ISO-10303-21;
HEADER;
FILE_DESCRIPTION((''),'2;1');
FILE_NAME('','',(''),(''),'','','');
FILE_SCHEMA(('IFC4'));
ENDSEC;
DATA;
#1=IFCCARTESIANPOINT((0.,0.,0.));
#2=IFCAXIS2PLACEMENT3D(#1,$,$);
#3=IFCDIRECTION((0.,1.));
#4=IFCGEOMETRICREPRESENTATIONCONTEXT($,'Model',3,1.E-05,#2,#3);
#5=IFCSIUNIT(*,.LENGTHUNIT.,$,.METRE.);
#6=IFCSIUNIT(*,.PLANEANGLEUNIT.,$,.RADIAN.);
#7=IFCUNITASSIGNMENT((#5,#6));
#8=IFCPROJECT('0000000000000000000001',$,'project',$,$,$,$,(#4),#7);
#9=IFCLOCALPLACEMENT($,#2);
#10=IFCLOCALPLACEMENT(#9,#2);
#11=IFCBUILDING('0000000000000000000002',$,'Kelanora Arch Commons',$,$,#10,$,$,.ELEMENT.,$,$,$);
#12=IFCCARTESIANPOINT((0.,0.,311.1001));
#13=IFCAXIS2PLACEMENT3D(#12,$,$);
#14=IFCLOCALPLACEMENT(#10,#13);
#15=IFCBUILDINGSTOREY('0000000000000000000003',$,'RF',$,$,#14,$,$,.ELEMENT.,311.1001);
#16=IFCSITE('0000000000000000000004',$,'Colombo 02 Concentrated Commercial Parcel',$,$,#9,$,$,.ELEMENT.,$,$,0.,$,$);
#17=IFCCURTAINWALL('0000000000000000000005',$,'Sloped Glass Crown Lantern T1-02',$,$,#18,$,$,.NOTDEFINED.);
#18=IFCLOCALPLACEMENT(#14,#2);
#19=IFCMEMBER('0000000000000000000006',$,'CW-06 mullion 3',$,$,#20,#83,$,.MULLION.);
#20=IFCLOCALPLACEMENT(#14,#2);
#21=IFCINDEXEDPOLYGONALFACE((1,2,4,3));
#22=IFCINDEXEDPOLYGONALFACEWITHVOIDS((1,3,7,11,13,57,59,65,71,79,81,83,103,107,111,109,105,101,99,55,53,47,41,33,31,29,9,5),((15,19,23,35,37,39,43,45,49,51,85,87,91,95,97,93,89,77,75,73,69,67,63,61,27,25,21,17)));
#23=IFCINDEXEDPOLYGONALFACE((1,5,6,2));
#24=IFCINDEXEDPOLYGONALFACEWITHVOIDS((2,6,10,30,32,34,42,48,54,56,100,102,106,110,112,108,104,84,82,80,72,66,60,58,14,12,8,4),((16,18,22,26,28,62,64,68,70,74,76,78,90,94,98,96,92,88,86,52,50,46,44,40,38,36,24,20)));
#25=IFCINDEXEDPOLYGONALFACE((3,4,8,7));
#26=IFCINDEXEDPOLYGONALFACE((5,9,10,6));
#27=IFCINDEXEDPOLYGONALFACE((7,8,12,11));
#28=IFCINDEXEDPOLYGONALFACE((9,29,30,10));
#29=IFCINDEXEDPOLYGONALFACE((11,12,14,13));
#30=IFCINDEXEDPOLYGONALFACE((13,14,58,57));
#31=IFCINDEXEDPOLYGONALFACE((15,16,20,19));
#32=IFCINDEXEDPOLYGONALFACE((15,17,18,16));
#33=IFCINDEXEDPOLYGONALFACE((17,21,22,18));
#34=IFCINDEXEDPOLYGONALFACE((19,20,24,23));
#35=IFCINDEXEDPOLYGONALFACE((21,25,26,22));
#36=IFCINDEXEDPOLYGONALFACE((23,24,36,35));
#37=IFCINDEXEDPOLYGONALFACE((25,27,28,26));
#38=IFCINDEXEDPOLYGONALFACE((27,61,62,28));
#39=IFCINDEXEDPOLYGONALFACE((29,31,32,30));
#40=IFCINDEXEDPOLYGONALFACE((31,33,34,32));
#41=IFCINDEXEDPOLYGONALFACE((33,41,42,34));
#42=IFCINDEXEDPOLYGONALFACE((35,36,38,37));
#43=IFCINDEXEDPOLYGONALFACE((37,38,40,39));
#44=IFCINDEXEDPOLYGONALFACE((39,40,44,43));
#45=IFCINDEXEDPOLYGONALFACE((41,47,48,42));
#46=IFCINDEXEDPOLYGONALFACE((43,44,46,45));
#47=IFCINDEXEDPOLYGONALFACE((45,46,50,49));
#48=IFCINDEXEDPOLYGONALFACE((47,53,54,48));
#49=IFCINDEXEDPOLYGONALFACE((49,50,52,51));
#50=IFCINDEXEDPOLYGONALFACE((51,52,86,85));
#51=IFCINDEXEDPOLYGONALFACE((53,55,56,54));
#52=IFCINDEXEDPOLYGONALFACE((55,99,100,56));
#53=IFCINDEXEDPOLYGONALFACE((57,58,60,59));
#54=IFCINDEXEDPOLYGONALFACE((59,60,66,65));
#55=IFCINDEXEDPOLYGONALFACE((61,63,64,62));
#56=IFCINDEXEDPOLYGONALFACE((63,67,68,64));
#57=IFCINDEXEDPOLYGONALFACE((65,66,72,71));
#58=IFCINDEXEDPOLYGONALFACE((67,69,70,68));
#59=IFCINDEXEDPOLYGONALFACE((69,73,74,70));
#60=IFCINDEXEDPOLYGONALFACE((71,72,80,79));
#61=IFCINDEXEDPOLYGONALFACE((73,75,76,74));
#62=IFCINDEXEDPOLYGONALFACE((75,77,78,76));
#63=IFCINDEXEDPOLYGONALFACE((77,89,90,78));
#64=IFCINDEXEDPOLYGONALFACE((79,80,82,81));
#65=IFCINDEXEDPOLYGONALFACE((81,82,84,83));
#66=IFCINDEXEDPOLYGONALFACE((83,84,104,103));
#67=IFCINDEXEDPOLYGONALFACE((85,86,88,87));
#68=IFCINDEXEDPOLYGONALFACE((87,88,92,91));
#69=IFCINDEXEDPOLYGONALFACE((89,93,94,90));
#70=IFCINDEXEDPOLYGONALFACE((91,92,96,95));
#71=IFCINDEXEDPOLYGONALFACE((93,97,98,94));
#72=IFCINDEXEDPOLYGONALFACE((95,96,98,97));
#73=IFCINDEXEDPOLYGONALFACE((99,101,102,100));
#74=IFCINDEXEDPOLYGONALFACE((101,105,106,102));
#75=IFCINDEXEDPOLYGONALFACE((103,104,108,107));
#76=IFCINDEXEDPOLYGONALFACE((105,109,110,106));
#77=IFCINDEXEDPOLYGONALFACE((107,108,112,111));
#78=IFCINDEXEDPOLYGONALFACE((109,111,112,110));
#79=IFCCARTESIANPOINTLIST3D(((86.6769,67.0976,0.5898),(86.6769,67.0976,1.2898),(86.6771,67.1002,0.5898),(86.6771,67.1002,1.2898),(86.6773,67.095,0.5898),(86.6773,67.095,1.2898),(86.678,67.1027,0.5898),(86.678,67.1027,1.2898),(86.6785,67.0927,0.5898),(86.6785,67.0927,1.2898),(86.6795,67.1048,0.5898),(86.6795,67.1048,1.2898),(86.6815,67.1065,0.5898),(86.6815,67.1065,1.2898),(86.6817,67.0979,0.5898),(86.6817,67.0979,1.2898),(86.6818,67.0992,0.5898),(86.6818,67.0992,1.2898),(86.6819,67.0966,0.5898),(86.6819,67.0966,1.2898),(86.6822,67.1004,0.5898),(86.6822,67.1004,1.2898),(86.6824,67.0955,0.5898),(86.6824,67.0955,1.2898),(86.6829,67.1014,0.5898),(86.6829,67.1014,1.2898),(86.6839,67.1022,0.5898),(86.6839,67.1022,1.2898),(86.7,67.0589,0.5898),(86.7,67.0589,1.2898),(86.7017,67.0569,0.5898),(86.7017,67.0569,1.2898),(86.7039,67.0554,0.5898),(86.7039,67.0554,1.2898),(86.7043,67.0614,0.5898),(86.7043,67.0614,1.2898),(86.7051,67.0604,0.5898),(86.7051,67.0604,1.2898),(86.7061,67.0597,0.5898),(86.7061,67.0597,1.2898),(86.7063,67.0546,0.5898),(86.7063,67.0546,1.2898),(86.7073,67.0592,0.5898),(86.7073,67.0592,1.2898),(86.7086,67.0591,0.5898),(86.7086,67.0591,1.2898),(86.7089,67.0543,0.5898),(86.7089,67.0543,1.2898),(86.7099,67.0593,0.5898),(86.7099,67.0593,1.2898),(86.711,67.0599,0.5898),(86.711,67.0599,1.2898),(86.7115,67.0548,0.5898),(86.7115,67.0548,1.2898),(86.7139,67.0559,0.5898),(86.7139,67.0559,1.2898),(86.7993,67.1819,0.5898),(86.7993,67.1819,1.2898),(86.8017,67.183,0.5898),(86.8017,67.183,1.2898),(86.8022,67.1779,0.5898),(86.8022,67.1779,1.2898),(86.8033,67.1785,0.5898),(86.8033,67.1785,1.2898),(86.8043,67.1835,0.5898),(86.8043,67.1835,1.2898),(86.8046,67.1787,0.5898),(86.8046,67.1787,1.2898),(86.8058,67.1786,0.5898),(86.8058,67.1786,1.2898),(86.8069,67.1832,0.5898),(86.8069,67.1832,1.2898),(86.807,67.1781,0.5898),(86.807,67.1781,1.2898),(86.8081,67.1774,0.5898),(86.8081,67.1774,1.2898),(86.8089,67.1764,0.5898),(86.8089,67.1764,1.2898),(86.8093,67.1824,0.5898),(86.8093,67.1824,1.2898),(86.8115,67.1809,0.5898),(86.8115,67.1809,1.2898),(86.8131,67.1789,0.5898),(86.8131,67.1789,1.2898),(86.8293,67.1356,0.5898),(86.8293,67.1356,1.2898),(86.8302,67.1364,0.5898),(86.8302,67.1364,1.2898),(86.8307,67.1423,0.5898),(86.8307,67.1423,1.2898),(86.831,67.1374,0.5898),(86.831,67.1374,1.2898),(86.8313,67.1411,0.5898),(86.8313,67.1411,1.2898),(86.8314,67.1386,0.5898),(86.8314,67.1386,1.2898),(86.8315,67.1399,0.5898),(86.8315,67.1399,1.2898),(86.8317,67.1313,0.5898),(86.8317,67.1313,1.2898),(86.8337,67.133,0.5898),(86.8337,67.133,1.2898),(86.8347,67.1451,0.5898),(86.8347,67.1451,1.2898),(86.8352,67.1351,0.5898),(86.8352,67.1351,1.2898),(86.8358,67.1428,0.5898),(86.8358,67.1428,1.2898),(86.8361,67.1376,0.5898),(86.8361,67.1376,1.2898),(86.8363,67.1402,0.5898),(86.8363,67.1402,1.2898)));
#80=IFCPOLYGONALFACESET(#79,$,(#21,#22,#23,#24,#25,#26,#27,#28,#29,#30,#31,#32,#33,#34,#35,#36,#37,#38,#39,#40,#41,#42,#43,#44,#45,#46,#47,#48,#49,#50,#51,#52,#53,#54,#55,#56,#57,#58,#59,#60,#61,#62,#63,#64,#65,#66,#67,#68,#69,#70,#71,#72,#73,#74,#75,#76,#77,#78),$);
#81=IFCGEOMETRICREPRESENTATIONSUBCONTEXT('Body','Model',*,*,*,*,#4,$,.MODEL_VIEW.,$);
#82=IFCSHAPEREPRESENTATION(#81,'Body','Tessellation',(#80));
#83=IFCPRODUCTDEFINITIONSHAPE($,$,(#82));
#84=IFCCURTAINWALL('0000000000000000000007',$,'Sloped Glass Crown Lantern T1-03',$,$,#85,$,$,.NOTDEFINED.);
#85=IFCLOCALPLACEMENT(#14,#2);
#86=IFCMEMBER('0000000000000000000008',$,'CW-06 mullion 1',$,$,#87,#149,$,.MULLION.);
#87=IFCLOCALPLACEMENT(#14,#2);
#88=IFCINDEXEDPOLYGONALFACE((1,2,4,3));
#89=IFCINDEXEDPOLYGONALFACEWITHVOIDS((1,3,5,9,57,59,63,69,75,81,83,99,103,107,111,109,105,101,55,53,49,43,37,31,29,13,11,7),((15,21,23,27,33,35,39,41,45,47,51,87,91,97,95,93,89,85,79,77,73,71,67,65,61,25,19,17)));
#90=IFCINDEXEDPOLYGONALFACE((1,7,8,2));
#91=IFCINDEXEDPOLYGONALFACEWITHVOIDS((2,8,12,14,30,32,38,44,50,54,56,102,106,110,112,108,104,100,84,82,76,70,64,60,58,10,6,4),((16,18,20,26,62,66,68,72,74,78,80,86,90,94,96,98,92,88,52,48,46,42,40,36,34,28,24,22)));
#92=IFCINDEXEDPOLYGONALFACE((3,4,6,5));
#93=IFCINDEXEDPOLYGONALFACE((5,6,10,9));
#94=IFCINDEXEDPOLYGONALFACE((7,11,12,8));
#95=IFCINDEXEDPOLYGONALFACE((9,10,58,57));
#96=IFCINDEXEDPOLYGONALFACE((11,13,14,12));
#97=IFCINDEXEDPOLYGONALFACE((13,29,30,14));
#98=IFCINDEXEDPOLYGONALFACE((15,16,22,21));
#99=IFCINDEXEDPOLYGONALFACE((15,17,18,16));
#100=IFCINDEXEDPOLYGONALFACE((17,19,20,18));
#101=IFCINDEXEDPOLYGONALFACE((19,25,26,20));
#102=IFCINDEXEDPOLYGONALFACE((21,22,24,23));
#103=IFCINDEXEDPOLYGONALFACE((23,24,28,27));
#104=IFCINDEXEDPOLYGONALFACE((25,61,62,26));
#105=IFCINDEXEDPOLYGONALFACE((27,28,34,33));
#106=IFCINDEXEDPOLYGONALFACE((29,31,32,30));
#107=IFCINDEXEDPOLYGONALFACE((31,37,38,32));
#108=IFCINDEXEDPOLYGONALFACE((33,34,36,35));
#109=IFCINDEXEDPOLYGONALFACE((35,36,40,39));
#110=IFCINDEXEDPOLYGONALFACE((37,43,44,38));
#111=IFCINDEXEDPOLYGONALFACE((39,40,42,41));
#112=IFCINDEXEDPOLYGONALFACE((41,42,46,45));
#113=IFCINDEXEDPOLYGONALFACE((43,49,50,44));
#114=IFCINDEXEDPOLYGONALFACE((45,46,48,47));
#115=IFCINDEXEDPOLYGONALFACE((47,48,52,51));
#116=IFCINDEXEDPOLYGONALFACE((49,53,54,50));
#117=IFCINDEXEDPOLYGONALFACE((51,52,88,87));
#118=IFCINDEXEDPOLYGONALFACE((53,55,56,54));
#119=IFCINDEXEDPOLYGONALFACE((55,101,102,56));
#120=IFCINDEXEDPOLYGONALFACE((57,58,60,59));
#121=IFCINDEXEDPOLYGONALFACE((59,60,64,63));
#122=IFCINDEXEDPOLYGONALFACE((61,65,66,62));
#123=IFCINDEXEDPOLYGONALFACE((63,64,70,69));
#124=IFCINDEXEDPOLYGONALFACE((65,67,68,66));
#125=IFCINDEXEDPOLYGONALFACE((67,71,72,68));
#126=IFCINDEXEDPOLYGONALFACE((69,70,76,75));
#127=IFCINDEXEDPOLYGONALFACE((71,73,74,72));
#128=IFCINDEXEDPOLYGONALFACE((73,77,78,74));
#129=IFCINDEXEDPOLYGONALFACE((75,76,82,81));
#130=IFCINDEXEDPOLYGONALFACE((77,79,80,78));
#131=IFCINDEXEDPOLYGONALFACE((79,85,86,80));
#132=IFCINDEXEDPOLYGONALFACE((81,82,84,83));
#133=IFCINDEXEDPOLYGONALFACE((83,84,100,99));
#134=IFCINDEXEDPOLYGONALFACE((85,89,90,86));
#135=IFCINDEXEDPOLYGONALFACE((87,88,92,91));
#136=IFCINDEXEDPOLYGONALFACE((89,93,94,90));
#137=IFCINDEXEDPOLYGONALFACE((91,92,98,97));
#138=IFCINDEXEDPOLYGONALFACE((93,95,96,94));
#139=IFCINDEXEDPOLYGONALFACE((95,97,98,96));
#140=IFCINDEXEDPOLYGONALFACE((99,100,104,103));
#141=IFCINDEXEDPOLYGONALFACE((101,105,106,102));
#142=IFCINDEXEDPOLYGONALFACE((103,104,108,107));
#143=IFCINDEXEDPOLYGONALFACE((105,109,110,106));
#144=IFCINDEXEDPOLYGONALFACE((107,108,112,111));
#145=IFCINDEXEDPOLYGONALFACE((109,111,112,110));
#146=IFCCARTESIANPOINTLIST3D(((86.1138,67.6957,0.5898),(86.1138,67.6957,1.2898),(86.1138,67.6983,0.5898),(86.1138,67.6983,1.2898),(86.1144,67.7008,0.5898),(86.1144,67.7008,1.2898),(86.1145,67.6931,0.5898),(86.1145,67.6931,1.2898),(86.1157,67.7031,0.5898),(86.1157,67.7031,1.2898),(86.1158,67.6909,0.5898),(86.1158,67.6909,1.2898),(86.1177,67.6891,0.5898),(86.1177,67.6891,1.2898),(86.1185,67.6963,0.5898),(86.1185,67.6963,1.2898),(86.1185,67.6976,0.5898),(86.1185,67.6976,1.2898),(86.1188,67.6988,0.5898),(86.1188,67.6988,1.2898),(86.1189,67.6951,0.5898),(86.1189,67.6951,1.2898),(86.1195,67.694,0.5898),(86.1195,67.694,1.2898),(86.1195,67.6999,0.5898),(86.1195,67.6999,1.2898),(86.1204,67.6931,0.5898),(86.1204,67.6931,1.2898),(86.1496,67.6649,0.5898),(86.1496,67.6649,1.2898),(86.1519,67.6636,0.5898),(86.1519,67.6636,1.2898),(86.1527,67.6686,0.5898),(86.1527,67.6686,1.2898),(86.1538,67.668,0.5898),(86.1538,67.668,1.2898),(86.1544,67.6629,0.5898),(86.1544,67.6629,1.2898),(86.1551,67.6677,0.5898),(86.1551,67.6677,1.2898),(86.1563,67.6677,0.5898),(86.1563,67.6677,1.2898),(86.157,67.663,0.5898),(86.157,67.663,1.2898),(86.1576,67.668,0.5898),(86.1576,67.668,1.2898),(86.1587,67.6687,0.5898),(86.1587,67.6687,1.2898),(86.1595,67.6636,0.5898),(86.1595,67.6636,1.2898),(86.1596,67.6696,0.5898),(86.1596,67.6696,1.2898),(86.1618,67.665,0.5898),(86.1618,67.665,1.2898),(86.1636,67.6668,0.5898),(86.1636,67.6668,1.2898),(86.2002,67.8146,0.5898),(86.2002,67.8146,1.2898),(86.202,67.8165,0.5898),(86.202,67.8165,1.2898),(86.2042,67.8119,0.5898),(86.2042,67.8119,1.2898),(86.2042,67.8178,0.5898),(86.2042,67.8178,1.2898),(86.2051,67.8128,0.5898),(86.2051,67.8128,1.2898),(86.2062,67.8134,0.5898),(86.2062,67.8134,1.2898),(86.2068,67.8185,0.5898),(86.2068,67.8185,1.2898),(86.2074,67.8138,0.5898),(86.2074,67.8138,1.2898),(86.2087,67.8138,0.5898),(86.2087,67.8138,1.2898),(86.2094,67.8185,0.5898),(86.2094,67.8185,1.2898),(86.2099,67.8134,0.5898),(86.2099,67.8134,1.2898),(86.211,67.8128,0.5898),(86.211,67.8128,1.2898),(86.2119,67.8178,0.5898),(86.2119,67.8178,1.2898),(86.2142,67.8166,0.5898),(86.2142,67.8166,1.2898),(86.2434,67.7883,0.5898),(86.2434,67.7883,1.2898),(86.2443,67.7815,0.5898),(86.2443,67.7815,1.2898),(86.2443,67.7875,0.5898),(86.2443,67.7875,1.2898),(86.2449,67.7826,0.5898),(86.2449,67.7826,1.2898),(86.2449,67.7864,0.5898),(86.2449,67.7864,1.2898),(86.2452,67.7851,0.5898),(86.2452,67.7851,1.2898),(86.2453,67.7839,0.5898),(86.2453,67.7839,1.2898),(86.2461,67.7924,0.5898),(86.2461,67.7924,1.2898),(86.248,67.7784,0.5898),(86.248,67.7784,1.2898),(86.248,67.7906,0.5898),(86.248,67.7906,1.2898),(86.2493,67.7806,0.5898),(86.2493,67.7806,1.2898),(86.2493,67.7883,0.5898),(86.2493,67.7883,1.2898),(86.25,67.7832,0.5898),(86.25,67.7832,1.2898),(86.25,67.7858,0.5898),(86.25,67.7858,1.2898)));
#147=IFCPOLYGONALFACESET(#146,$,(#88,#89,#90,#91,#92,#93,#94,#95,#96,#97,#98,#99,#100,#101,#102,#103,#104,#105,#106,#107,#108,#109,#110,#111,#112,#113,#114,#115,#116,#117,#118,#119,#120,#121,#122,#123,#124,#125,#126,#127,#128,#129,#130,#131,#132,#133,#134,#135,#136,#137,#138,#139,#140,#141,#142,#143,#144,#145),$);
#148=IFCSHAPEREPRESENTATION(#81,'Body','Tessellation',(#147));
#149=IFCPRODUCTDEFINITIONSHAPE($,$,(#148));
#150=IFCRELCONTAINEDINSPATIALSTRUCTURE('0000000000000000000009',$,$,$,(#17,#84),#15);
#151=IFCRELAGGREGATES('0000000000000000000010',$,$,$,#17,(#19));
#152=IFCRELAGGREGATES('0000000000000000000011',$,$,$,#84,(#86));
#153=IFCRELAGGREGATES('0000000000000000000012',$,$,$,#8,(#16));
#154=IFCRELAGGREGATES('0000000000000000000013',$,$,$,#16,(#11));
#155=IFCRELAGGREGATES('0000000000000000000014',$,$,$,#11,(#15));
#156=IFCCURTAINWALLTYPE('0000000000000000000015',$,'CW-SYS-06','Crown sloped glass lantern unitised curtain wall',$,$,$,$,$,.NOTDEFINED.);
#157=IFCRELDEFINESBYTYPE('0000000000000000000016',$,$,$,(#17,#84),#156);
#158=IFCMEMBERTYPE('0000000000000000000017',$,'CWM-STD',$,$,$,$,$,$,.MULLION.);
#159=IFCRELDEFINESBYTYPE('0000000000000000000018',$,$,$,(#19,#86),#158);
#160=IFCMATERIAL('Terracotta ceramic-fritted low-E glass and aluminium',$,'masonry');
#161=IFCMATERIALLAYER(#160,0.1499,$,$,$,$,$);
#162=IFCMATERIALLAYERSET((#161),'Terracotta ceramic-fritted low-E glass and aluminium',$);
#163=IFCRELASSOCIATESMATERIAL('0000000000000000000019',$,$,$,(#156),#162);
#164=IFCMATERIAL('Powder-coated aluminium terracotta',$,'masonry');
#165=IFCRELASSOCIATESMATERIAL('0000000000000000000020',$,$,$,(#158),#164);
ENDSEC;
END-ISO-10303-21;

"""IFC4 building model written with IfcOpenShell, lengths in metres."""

from ifc_helpers import new_model, si_unit, direction, frame, origin, origin_2d, place, context, subcontext, project, spatial, hollow_rectangle, extrude, material, layer, layer_set, material_profile, profile_set, type_object, element, aggregate, save


model = new_model("IFC4")

# Units and contexts
model_context = context("Model", 3, precision=1e-05, world=origin(), true_north=direction((0.0, 1.0)))
body_context = subcontext(model_context, "Body", "Model", "MODEL_VIEW")
ifc_project = project(units=[si_unit("LENGTHUNIT", "METRE"), si_unit("PLANEANGLEUNIT", "RADIAN")], contexts=[model_context])

# Site, building, storey
site_placement = place(None, origin())
site = spatial("IfcSite", under=ifc_project, at=site_placement, Name="Colombo 02 Concentrated Commercial Parcel", CompositionType="ELEMENT", RefElevation=0.0)
building_placement = place(site_placement, origin())
building = spatial("IfcBuilding", under=site, at=building_placement, Name="Kelanora Arch Commons", CompositionType="ELEMENT")
storey_placement = place(building_placement, frame((0.0, 0.0, 311.1001)))
storey = spatial("IfcBuildingStorey", under=building, at=storey_placement, Name="RF", CompositionType="ELEMENT", Elevation=311.1001)

# Curtain walls, members
ifc_material_1 = material(Name="Terracotta ceramic-fritted low-E glass and aluminium", Category="masonry")
ifc_layer_1 = layer(ifc_material_1, 0.1499)
ifc_layer_set_1 = layer_set([ifc_layer_1], Name="Terracotta ceramic-fritted low-E glass and aluminium")
curtain_wall_type = type_object("IfcCurtainWallType", Name="CW-SYS-06", Description="Crown sloped glass lantern unitised curtain wall", PredefinedType="NOTDEFINED", material=ifc_layer_set_1)
ifc_material_2 = material(Name="Powder-coated aluminium terracotta", Category="masonry")
ifc_material_profile_1 = material_profile(ifc_material_2, hollow_rectangle(XDim=0.1599, YDim=0.0601, WallThickness=0.0049, InnerFilletRadius=0.0049, OuterFilletRadius=0.01, at=origin_2d()), Name="CWM160x60")
ifc_profile_set_1 = profile_set([ifc_material_profile_1], Name="Powder-coated aluminium terracotta")
member_type_1 = type_object("IfcMemberType", Name="CWM-STD", PredefinedType="MULLION", material=ifc_profile_set_1)
curtain_wall_1_placement = place(storey_placement, origin())
curtain_wall_1 = element("IfcCurtainWall", 1, at=curtain_wall_1_placement, inside=storey, type_object=curtain_wall_type, Name="Sloped Glass Crown Lantern T1-02", PredefinedType="NOTDEFINED")
member_1_placement = place(storey_placement, frame((86.7566, 67.1189, 0.5898), z_axis=(0.0, 0.0, 1.0), x_axis=(-0.842271, -0.539054, 0.0)))
member_1 = element("IfcMember", 2, at=member_1_placement, type_object=member_type_1, Name="CW-06 mullion 3", PredefinedType="MULLION", context=body_context, shape_type="SweptSolid", body=[
    extrude(hollow_rectangle(XDim=0.1599, YDim=0.0601, WallThickness=0.0049, InnerFilletRadius=0.0049, OuterFilletRadius=0.01, at=origin_2d()), origin(), (0.0, 0.0, 1.0), 0.7),
])
curtain_wall_2_placement = place(storey_placement, origin())
curtain_wall_2 = element("IfcCurtainWall", 3, at=curtain_wall_2_placement, inside=storey, type_object=curtain_wall_type, Name="Sloped Glass Crown Lantern T1-03", PredefinedType="NOTDEFINED")
member_2_placement = place(storey_placement, frame((86.1819, 67.7407, 0.5898), z_axis=(0.0, 0.0, 1.0), x_axis=(-0.603568, -0.797311, 0.0)))
member_2 = element("IfcMember", 4, at=member_2_placement, type_object=member_type_1, Name="CW-06 mullion 1", PredefinedType="MULLION", context=body_context, shape_type="SweptSolid", body=[
    extrude(hollow_rectangle(XDim=0.1599, YDim=0.0601, WallThickness=0.0049, InnerFilletRadius=0.0049, OuterFilletRadius=0.01, at=origin_2d()), origin(), (0.0, 0.0, 1.0), 0.7),
])

aggregate(curtain_wall_1, [member_1])
aggregate(curtain_wall_2, [member_2])

save(model, "model.ifc")
